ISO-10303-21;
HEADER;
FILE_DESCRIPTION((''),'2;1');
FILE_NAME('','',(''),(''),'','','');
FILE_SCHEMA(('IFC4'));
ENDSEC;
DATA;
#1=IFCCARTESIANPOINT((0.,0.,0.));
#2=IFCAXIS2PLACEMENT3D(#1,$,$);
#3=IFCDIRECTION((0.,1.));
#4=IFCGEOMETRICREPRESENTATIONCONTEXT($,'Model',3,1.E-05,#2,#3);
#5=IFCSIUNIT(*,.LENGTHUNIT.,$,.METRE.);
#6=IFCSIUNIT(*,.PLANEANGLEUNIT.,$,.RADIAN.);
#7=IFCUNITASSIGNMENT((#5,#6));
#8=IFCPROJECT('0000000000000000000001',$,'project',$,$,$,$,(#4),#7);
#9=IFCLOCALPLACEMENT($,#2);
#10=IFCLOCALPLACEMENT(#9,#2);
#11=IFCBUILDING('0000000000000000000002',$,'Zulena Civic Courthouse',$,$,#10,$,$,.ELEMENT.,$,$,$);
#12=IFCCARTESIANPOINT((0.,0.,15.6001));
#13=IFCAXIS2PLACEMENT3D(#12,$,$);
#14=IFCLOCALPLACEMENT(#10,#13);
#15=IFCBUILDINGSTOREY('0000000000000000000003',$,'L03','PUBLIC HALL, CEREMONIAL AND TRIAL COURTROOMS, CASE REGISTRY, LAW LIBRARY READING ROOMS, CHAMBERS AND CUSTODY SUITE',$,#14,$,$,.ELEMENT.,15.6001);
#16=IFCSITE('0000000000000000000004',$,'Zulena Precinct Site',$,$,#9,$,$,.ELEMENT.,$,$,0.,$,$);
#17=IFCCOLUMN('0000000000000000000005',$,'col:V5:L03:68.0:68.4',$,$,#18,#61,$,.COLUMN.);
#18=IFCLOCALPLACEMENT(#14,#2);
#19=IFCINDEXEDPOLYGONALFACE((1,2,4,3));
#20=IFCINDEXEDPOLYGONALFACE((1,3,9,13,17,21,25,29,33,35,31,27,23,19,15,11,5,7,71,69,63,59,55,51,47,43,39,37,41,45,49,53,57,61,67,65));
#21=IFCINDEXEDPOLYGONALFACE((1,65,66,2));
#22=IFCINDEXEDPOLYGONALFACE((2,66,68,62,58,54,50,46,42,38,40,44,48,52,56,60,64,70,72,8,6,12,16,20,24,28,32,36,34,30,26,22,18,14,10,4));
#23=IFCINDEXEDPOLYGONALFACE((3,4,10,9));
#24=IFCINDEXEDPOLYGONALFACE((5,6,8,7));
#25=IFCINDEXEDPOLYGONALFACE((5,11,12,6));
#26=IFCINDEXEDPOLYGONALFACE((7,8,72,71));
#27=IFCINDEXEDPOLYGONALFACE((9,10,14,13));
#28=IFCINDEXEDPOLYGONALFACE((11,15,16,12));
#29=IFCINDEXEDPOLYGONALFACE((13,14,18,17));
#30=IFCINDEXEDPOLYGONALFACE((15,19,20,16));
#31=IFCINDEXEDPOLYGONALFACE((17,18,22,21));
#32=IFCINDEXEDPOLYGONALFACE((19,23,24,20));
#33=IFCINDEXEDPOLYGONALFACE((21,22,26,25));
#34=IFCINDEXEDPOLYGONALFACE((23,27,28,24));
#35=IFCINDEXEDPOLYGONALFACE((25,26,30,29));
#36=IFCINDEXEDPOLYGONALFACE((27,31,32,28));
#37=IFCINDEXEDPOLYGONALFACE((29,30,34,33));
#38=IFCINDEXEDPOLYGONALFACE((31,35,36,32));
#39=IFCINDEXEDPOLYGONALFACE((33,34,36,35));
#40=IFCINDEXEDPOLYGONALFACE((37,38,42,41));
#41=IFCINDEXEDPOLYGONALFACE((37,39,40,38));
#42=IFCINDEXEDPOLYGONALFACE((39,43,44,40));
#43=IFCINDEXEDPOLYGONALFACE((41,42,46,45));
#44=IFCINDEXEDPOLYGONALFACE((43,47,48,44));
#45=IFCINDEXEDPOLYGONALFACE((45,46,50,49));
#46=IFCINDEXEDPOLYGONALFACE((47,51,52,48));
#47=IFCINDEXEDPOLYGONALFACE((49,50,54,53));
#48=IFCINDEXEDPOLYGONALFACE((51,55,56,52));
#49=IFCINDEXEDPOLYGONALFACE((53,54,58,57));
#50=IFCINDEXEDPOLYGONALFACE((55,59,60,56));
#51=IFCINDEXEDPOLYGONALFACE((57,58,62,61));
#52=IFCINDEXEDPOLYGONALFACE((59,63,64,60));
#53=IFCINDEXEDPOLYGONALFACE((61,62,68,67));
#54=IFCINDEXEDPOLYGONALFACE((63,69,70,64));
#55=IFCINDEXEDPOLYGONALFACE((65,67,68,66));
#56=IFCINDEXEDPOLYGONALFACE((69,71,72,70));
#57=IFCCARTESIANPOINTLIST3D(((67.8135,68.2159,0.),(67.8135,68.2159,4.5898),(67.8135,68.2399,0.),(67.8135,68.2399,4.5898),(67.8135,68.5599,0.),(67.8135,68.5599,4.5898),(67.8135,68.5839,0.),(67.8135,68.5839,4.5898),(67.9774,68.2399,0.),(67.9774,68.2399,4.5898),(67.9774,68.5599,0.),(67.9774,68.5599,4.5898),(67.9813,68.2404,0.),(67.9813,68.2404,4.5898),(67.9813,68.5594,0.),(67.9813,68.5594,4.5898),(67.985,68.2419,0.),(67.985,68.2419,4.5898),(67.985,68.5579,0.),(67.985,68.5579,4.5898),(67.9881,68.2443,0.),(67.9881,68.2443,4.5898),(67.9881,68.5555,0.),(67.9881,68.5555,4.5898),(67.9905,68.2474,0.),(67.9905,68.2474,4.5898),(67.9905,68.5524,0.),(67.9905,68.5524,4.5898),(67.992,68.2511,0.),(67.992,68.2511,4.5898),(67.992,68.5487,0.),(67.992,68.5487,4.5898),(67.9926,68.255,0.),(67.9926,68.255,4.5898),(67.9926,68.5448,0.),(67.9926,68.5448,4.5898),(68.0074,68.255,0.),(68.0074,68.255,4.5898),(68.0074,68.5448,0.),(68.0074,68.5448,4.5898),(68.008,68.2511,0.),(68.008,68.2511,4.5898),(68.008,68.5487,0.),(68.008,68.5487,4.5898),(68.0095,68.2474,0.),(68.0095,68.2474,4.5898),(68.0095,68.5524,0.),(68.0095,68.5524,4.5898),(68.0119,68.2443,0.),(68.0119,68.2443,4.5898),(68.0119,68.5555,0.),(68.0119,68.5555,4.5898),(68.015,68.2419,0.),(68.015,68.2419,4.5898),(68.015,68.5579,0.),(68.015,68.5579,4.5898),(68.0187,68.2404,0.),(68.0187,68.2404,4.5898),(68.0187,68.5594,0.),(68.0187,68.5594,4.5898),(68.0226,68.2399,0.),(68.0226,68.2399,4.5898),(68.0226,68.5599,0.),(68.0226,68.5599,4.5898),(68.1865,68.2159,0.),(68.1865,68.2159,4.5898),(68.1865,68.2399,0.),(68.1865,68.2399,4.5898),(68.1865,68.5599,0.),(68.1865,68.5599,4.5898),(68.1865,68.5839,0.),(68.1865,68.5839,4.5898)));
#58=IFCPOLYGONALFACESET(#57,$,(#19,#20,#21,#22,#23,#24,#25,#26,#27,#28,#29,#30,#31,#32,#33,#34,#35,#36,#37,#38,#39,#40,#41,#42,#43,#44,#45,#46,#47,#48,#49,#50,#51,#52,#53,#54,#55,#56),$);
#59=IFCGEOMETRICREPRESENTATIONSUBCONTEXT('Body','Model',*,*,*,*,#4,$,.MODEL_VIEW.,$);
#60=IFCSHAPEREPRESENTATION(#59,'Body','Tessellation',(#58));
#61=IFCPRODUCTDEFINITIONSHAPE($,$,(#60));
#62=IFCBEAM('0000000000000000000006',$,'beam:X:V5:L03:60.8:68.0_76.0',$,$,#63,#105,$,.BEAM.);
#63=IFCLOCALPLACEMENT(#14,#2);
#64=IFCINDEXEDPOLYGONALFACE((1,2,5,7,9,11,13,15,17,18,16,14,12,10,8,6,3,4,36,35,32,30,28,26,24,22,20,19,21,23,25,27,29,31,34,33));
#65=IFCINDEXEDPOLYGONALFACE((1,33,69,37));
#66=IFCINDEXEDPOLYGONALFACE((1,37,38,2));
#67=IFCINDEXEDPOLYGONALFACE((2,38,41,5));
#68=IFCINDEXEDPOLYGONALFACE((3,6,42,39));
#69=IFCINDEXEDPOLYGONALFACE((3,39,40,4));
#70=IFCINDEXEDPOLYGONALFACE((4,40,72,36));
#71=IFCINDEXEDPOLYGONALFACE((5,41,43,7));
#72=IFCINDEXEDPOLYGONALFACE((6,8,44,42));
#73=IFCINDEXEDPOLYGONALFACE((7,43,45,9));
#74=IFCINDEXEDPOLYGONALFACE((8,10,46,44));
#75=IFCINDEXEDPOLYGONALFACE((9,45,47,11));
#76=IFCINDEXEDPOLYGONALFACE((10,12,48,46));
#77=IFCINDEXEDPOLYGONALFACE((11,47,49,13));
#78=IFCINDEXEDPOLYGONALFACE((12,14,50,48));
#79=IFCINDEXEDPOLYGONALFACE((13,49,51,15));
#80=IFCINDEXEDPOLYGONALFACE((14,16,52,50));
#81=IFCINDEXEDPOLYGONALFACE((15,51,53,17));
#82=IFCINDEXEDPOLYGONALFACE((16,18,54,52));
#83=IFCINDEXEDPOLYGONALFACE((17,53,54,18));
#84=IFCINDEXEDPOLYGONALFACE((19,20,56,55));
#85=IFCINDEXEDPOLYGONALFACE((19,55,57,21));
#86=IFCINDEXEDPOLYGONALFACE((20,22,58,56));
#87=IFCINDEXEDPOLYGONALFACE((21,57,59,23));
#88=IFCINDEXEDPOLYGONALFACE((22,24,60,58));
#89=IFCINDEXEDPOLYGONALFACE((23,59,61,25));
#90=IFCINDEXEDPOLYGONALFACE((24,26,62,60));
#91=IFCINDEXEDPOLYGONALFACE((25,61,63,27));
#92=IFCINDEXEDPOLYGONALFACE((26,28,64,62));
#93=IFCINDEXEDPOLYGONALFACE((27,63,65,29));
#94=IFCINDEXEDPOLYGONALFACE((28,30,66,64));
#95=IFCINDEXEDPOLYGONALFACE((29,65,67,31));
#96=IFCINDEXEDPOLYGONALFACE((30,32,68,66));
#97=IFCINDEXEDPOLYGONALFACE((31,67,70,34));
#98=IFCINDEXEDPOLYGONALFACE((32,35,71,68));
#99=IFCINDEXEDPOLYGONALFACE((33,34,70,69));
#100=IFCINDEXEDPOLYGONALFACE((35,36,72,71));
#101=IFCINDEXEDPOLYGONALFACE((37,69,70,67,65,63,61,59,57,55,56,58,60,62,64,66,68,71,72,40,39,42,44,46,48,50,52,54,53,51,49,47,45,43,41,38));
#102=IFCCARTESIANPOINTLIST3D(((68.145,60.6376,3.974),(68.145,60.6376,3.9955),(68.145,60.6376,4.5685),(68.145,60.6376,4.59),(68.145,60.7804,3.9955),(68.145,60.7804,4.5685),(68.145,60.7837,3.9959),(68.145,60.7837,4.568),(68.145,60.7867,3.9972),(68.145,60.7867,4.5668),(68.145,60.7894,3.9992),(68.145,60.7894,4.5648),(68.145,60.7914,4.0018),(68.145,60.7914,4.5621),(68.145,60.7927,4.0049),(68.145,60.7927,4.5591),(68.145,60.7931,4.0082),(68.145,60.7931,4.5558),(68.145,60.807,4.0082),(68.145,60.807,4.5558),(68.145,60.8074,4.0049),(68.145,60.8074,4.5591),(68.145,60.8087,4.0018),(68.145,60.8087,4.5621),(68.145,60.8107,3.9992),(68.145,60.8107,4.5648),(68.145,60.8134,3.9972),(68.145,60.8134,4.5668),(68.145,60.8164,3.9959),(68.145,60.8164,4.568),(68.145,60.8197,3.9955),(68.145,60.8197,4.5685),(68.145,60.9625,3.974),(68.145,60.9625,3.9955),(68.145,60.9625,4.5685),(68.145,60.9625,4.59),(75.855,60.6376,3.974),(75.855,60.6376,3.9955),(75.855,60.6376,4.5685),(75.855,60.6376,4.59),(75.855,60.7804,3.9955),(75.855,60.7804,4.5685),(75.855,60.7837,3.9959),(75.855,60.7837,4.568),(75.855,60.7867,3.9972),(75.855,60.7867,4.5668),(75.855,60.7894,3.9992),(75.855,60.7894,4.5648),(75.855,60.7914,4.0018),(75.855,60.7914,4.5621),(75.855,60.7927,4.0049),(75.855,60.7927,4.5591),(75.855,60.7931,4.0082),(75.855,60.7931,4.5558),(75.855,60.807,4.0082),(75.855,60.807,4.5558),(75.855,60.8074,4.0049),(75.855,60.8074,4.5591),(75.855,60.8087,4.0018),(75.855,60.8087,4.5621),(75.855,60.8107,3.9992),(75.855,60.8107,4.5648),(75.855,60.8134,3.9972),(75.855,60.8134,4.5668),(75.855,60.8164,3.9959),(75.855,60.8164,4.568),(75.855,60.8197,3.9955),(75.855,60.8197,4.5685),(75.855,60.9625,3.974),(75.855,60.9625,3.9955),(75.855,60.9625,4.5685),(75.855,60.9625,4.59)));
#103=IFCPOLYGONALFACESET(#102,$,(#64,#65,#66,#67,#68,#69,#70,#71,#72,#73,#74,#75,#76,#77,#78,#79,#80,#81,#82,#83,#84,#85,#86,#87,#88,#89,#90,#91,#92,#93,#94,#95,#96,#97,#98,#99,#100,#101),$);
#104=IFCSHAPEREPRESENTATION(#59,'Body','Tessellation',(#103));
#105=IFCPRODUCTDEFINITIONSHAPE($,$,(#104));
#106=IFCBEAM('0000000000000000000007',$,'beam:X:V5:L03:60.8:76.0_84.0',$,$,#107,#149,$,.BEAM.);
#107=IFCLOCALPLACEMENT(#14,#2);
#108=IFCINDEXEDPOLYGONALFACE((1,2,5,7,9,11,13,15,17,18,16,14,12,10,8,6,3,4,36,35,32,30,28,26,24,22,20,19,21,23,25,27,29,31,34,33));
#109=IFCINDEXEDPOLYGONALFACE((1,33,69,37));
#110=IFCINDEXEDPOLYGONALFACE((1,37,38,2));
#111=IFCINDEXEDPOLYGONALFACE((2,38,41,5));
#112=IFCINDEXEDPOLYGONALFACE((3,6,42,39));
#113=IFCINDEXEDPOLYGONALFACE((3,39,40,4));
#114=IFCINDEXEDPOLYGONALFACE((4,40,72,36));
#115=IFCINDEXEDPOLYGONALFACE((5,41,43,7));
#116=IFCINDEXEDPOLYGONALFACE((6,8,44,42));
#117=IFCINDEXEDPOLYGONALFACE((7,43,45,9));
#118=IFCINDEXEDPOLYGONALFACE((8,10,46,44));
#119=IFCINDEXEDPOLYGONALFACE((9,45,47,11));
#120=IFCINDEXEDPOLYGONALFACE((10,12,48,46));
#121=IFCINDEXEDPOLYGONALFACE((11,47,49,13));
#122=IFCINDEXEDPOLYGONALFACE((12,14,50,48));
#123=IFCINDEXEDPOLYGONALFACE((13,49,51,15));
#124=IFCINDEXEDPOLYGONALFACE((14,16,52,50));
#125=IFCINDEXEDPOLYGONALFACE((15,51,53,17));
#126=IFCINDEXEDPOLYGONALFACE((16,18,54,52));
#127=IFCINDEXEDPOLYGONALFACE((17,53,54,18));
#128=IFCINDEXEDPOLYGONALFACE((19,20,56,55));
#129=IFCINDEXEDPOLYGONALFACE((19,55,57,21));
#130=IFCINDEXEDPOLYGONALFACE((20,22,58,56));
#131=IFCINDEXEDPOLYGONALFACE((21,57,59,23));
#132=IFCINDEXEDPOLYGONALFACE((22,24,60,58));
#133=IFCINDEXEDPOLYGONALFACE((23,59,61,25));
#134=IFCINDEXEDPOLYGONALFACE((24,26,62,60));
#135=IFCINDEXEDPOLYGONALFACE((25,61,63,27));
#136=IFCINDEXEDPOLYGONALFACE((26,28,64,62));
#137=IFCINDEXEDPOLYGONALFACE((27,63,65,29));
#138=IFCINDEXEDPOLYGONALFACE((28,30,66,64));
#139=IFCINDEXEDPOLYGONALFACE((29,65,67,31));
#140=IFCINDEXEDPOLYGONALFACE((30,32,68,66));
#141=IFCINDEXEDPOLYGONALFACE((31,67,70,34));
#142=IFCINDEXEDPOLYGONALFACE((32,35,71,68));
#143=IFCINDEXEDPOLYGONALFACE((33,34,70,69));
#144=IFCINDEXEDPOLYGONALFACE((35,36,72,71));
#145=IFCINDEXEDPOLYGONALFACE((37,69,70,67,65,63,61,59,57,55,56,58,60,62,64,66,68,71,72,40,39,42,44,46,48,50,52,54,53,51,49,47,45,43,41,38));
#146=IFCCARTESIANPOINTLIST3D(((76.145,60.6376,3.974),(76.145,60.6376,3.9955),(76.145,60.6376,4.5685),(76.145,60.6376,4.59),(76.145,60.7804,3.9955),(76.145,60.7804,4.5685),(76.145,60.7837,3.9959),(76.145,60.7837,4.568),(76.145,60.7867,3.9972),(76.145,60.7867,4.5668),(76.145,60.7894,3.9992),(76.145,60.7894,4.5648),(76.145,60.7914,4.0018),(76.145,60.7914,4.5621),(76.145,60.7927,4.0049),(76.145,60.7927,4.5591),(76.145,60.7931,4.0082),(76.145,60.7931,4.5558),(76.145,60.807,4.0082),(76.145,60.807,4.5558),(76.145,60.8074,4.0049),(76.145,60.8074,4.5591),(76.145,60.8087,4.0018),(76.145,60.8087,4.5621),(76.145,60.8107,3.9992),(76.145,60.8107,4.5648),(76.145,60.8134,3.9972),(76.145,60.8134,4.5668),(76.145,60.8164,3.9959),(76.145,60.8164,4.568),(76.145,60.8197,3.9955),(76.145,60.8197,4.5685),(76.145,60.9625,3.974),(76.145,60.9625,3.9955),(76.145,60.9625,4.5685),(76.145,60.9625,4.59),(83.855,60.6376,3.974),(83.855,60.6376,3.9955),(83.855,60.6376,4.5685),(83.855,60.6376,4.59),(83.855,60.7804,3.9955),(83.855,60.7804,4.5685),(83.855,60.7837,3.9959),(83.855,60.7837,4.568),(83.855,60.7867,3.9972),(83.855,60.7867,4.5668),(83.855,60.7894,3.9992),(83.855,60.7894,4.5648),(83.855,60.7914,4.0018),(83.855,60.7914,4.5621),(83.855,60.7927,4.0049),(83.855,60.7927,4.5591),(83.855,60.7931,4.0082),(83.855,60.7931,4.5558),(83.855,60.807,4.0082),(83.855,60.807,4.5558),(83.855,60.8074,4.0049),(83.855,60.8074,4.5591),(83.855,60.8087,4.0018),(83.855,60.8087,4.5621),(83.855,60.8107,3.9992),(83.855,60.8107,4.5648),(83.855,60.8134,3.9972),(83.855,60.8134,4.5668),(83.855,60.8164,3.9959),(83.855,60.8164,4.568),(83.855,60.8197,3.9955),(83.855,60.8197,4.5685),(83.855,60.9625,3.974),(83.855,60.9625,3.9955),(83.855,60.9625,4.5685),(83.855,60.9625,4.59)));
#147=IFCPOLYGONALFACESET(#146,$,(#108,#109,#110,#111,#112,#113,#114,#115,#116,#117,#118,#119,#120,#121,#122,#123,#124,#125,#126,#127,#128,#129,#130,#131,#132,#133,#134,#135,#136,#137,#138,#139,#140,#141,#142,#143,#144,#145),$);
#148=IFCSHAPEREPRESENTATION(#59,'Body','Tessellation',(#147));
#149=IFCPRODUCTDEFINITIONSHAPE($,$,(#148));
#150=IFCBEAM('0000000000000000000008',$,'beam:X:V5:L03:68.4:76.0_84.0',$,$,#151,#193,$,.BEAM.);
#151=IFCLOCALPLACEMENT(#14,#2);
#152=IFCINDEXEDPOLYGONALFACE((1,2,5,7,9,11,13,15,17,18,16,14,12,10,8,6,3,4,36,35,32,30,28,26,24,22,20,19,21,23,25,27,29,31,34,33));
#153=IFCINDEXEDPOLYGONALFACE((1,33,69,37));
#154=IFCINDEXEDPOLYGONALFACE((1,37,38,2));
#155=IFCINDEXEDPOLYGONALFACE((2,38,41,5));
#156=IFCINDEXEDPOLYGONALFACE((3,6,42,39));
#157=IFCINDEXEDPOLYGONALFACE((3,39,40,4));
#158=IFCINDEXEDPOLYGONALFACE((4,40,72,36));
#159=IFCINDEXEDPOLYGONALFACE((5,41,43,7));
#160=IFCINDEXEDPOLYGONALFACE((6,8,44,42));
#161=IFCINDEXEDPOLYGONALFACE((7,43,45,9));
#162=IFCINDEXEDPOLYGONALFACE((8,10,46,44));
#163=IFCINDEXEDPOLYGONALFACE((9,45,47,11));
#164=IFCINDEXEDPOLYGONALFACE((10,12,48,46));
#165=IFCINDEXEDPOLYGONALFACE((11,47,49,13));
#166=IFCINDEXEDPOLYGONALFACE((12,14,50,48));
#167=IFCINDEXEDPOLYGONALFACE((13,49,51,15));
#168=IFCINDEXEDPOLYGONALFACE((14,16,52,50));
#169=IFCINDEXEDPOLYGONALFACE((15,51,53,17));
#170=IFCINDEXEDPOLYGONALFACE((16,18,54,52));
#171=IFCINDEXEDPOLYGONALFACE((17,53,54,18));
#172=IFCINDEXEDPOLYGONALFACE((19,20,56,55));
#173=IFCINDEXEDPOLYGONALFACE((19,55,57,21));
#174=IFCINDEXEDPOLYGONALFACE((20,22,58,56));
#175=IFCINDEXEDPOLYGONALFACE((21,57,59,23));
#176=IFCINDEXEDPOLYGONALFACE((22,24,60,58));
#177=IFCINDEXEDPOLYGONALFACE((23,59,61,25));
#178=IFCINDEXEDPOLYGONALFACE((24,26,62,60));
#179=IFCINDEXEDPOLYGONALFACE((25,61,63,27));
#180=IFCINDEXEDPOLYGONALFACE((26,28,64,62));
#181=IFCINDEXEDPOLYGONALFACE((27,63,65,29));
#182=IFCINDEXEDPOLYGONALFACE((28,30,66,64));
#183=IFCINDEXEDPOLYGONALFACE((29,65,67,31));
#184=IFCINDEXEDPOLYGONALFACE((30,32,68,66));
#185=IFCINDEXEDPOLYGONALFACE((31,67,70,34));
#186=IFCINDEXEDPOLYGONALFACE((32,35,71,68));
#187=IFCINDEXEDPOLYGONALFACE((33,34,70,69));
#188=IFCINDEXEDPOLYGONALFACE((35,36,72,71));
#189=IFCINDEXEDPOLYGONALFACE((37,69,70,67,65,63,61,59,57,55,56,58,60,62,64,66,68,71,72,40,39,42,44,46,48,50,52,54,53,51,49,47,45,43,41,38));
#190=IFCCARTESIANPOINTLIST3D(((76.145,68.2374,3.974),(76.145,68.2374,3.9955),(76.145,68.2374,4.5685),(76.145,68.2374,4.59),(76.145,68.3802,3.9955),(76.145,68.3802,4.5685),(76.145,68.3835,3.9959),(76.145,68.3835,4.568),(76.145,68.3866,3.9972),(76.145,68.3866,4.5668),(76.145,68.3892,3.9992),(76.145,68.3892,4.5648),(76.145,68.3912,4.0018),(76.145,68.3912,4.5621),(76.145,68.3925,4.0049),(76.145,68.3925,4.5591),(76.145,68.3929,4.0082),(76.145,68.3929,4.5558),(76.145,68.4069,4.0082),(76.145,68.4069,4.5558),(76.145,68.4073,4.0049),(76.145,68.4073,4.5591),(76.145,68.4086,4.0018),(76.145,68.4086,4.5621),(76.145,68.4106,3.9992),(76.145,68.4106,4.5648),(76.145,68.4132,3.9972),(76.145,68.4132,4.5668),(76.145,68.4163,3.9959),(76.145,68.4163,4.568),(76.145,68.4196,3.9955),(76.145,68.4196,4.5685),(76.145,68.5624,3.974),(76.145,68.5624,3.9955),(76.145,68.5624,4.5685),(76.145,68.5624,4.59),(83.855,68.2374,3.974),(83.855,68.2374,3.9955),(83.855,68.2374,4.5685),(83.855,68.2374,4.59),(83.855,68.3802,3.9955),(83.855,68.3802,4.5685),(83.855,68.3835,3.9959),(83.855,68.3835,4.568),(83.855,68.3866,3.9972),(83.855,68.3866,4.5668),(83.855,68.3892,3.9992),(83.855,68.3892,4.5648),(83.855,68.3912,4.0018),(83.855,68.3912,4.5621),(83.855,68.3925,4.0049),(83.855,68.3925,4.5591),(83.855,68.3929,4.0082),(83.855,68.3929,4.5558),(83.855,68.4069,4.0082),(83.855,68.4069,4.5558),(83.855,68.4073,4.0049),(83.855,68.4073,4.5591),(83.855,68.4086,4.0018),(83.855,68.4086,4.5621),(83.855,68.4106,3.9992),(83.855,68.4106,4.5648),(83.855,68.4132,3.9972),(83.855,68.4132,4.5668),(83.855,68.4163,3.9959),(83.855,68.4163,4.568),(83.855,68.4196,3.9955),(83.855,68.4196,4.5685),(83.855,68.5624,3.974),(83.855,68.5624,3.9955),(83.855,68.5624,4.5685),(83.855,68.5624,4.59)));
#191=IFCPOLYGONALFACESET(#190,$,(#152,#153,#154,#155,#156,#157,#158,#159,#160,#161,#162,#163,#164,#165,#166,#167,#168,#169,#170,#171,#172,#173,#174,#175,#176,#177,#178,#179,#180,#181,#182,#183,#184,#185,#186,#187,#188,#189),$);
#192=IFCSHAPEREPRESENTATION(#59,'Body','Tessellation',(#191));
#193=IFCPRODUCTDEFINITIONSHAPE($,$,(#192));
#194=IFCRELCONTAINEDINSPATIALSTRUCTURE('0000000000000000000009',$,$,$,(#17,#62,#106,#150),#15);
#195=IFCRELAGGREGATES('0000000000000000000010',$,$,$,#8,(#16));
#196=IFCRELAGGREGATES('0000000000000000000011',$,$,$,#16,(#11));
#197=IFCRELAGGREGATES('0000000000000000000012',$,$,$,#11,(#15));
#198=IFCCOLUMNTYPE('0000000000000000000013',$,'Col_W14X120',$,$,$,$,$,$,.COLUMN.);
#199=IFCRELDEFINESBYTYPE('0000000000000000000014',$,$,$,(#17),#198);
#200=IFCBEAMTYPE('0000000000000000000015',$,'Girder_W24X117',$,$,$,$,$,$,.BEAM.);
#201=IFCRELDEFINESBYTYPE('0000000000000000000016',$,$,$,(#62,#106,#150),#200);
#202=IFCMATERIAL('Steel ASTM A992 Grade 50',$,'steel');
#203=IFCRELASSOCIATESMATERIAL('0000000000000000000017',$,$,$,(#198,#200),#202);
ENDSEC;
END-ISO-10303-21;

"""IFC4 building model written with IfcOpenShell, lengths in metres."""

from ifc_helpers import new_model, si_unit, direction, frame, origin, origin_2d, place, context, subcontext, project, spatial, i_section, extrude, material, material_profile, profile_set, type_object, element, save


model = new_model("IFC4")

# Units and contexts
model_context = context("Model", 3, precision=1e-05, world=origin(), true_north=direction((0.0, 1.0)))
body_context = subcontext(model_context, "Body", "Model", "MODEL_VIEW")
ifc_project = project(units=[si_unit("LENGTHUNIT", "METRE"), si_unit("PLANEANGLEUNIT", "RADIAN")], contexts=[model_context])

# Site, building, storey
site_placement = place(None, origin())
site = spatial("IfcSite", under=ifc_project, at=site_placement, Name="Zulena Precinct Site", CompositionType="ELEMENT", RefElevation=0.0)
building_placement = place(site_placement, origin())
building = spatial("IfcBuilding", under=site, at=building_placement, Name="Zulena Civic Courthouse", CompositionType="ELEMENT")
storey_placement = place(building_placement, frame((0.0, 0.0, 15.6001)))
storey = spatial("IfcBuildingStorey", under=building, at=storey_placement, Name="L03", Description="PUBLIC HALL, CEREMONIAL AND TRIAL COURTROOMS, CASE REGISTRY, LAW LIBRARY READING ROOMS, CHAMBERS AND CUSTODY SUITE", CompositionType="ELEMENT", Elevation=15.6001)

# Column
ifc_material_1 = material(Name="Steel ASTM A992 Grade 50", Category="steel")
ifc_material_profile_1 = material_profile(ifc_material_1, i_section(OverallWidth=0.373, OverallDepth=0.3679, WebThickness=0.0149, FlangeThickness=0.0239, FilletRadius=0.0151, at=origin_2d()), Name="W14X120")
ifc_profile_set_1 = profile_set([ifc_material_profile_1], Name="Steel ASTM A992 Grade 50")
column_type_1 = type_object("IfcColumnType", Name="Col_W14X120", PredefinedType="COLUMN", material=ifc_profile_set_1)
column_1_placement = place(storey_placement, frame((68.0, 68.3999, 0.0), z_axis=(0.0, 0.0, 1.0), x_axis=(1.0, 0.0, 0.0)))
element("IfcColumn", 1, at=column_1_placement, inside=storey, type_object=column_type_1, Name="col:V5:L03:68.0:68.4", PredefinedType="COLUMN", context=body_context, shape_type="SweptSolid", body=[
    extrude(i_section(OverallWidth=0.373, OverallDepth=0.3679, WebThickness=0.0149, FlangeThickness=0.0239, FilletRadius=0.0151, at=origin_2d()), origin(), (0.0, 0.0, 1.0), 4.5898),
])

# Beams
ifc_material_profile_2 = material_profile(ifc_material_1, i_section(OverallWidth=0.325, OverallDepth=0.616, WebThickness=0.0139, FlangeThickness=0.0215, FilletRadius=0.0127, at=origin_2d()), Name="W24X117")
ifc_profile_set_2 = profile_set([ifc_material_profile_2], Name="Steel ASTM A992 Grade 50")
beam_type_1 = type_object("IfcBeamType", Name="Girder_W24X117", PredefinedType="BEAM", material=ifc_profile_set_2)
for number, where, z_axis, x_axis, name in (
    (2, (68.145, 60.8, 4.282), (1.0, 0.0, 0.0), (0.0, 1.0, 0.0), "beam:X:V5:L03:60.8:68.0_76.0"),
    (3, (76.145, 60.8, 4.282), (1.0, 0.0, 0.0), (0.0, 1.0, 0.0), "beam:X:V5:L03:60.8:76.0_84.0"),
    (4, (76.145, 68.3999, 4.282), (1.0, 0.0, 0.0), (0.0, 1.0, 0.0), "beam:X:V5:L03:68.4:76.0_84.0"),
):
    element("IfcBeam", number, at=place(storey_placement, frame(where, z_axis=z_axis, x_axis=x_axis)), inside=storey, type_object=beam_type_1, Name=name, PredefinedType="BEAM", context=body_context, shape_type="SweptSolid", body=[
        extrude(i_section(OverallWidth=0.325, OverallDepth=0.616, WebThickness=0.0139, FlangeThickness=0.0215, FilletRadius=0.0127, at=origin_2d()), origin(), (0.0, 0.0, 1.0), 7.71),
    ])

save(model, "model.ifc")
